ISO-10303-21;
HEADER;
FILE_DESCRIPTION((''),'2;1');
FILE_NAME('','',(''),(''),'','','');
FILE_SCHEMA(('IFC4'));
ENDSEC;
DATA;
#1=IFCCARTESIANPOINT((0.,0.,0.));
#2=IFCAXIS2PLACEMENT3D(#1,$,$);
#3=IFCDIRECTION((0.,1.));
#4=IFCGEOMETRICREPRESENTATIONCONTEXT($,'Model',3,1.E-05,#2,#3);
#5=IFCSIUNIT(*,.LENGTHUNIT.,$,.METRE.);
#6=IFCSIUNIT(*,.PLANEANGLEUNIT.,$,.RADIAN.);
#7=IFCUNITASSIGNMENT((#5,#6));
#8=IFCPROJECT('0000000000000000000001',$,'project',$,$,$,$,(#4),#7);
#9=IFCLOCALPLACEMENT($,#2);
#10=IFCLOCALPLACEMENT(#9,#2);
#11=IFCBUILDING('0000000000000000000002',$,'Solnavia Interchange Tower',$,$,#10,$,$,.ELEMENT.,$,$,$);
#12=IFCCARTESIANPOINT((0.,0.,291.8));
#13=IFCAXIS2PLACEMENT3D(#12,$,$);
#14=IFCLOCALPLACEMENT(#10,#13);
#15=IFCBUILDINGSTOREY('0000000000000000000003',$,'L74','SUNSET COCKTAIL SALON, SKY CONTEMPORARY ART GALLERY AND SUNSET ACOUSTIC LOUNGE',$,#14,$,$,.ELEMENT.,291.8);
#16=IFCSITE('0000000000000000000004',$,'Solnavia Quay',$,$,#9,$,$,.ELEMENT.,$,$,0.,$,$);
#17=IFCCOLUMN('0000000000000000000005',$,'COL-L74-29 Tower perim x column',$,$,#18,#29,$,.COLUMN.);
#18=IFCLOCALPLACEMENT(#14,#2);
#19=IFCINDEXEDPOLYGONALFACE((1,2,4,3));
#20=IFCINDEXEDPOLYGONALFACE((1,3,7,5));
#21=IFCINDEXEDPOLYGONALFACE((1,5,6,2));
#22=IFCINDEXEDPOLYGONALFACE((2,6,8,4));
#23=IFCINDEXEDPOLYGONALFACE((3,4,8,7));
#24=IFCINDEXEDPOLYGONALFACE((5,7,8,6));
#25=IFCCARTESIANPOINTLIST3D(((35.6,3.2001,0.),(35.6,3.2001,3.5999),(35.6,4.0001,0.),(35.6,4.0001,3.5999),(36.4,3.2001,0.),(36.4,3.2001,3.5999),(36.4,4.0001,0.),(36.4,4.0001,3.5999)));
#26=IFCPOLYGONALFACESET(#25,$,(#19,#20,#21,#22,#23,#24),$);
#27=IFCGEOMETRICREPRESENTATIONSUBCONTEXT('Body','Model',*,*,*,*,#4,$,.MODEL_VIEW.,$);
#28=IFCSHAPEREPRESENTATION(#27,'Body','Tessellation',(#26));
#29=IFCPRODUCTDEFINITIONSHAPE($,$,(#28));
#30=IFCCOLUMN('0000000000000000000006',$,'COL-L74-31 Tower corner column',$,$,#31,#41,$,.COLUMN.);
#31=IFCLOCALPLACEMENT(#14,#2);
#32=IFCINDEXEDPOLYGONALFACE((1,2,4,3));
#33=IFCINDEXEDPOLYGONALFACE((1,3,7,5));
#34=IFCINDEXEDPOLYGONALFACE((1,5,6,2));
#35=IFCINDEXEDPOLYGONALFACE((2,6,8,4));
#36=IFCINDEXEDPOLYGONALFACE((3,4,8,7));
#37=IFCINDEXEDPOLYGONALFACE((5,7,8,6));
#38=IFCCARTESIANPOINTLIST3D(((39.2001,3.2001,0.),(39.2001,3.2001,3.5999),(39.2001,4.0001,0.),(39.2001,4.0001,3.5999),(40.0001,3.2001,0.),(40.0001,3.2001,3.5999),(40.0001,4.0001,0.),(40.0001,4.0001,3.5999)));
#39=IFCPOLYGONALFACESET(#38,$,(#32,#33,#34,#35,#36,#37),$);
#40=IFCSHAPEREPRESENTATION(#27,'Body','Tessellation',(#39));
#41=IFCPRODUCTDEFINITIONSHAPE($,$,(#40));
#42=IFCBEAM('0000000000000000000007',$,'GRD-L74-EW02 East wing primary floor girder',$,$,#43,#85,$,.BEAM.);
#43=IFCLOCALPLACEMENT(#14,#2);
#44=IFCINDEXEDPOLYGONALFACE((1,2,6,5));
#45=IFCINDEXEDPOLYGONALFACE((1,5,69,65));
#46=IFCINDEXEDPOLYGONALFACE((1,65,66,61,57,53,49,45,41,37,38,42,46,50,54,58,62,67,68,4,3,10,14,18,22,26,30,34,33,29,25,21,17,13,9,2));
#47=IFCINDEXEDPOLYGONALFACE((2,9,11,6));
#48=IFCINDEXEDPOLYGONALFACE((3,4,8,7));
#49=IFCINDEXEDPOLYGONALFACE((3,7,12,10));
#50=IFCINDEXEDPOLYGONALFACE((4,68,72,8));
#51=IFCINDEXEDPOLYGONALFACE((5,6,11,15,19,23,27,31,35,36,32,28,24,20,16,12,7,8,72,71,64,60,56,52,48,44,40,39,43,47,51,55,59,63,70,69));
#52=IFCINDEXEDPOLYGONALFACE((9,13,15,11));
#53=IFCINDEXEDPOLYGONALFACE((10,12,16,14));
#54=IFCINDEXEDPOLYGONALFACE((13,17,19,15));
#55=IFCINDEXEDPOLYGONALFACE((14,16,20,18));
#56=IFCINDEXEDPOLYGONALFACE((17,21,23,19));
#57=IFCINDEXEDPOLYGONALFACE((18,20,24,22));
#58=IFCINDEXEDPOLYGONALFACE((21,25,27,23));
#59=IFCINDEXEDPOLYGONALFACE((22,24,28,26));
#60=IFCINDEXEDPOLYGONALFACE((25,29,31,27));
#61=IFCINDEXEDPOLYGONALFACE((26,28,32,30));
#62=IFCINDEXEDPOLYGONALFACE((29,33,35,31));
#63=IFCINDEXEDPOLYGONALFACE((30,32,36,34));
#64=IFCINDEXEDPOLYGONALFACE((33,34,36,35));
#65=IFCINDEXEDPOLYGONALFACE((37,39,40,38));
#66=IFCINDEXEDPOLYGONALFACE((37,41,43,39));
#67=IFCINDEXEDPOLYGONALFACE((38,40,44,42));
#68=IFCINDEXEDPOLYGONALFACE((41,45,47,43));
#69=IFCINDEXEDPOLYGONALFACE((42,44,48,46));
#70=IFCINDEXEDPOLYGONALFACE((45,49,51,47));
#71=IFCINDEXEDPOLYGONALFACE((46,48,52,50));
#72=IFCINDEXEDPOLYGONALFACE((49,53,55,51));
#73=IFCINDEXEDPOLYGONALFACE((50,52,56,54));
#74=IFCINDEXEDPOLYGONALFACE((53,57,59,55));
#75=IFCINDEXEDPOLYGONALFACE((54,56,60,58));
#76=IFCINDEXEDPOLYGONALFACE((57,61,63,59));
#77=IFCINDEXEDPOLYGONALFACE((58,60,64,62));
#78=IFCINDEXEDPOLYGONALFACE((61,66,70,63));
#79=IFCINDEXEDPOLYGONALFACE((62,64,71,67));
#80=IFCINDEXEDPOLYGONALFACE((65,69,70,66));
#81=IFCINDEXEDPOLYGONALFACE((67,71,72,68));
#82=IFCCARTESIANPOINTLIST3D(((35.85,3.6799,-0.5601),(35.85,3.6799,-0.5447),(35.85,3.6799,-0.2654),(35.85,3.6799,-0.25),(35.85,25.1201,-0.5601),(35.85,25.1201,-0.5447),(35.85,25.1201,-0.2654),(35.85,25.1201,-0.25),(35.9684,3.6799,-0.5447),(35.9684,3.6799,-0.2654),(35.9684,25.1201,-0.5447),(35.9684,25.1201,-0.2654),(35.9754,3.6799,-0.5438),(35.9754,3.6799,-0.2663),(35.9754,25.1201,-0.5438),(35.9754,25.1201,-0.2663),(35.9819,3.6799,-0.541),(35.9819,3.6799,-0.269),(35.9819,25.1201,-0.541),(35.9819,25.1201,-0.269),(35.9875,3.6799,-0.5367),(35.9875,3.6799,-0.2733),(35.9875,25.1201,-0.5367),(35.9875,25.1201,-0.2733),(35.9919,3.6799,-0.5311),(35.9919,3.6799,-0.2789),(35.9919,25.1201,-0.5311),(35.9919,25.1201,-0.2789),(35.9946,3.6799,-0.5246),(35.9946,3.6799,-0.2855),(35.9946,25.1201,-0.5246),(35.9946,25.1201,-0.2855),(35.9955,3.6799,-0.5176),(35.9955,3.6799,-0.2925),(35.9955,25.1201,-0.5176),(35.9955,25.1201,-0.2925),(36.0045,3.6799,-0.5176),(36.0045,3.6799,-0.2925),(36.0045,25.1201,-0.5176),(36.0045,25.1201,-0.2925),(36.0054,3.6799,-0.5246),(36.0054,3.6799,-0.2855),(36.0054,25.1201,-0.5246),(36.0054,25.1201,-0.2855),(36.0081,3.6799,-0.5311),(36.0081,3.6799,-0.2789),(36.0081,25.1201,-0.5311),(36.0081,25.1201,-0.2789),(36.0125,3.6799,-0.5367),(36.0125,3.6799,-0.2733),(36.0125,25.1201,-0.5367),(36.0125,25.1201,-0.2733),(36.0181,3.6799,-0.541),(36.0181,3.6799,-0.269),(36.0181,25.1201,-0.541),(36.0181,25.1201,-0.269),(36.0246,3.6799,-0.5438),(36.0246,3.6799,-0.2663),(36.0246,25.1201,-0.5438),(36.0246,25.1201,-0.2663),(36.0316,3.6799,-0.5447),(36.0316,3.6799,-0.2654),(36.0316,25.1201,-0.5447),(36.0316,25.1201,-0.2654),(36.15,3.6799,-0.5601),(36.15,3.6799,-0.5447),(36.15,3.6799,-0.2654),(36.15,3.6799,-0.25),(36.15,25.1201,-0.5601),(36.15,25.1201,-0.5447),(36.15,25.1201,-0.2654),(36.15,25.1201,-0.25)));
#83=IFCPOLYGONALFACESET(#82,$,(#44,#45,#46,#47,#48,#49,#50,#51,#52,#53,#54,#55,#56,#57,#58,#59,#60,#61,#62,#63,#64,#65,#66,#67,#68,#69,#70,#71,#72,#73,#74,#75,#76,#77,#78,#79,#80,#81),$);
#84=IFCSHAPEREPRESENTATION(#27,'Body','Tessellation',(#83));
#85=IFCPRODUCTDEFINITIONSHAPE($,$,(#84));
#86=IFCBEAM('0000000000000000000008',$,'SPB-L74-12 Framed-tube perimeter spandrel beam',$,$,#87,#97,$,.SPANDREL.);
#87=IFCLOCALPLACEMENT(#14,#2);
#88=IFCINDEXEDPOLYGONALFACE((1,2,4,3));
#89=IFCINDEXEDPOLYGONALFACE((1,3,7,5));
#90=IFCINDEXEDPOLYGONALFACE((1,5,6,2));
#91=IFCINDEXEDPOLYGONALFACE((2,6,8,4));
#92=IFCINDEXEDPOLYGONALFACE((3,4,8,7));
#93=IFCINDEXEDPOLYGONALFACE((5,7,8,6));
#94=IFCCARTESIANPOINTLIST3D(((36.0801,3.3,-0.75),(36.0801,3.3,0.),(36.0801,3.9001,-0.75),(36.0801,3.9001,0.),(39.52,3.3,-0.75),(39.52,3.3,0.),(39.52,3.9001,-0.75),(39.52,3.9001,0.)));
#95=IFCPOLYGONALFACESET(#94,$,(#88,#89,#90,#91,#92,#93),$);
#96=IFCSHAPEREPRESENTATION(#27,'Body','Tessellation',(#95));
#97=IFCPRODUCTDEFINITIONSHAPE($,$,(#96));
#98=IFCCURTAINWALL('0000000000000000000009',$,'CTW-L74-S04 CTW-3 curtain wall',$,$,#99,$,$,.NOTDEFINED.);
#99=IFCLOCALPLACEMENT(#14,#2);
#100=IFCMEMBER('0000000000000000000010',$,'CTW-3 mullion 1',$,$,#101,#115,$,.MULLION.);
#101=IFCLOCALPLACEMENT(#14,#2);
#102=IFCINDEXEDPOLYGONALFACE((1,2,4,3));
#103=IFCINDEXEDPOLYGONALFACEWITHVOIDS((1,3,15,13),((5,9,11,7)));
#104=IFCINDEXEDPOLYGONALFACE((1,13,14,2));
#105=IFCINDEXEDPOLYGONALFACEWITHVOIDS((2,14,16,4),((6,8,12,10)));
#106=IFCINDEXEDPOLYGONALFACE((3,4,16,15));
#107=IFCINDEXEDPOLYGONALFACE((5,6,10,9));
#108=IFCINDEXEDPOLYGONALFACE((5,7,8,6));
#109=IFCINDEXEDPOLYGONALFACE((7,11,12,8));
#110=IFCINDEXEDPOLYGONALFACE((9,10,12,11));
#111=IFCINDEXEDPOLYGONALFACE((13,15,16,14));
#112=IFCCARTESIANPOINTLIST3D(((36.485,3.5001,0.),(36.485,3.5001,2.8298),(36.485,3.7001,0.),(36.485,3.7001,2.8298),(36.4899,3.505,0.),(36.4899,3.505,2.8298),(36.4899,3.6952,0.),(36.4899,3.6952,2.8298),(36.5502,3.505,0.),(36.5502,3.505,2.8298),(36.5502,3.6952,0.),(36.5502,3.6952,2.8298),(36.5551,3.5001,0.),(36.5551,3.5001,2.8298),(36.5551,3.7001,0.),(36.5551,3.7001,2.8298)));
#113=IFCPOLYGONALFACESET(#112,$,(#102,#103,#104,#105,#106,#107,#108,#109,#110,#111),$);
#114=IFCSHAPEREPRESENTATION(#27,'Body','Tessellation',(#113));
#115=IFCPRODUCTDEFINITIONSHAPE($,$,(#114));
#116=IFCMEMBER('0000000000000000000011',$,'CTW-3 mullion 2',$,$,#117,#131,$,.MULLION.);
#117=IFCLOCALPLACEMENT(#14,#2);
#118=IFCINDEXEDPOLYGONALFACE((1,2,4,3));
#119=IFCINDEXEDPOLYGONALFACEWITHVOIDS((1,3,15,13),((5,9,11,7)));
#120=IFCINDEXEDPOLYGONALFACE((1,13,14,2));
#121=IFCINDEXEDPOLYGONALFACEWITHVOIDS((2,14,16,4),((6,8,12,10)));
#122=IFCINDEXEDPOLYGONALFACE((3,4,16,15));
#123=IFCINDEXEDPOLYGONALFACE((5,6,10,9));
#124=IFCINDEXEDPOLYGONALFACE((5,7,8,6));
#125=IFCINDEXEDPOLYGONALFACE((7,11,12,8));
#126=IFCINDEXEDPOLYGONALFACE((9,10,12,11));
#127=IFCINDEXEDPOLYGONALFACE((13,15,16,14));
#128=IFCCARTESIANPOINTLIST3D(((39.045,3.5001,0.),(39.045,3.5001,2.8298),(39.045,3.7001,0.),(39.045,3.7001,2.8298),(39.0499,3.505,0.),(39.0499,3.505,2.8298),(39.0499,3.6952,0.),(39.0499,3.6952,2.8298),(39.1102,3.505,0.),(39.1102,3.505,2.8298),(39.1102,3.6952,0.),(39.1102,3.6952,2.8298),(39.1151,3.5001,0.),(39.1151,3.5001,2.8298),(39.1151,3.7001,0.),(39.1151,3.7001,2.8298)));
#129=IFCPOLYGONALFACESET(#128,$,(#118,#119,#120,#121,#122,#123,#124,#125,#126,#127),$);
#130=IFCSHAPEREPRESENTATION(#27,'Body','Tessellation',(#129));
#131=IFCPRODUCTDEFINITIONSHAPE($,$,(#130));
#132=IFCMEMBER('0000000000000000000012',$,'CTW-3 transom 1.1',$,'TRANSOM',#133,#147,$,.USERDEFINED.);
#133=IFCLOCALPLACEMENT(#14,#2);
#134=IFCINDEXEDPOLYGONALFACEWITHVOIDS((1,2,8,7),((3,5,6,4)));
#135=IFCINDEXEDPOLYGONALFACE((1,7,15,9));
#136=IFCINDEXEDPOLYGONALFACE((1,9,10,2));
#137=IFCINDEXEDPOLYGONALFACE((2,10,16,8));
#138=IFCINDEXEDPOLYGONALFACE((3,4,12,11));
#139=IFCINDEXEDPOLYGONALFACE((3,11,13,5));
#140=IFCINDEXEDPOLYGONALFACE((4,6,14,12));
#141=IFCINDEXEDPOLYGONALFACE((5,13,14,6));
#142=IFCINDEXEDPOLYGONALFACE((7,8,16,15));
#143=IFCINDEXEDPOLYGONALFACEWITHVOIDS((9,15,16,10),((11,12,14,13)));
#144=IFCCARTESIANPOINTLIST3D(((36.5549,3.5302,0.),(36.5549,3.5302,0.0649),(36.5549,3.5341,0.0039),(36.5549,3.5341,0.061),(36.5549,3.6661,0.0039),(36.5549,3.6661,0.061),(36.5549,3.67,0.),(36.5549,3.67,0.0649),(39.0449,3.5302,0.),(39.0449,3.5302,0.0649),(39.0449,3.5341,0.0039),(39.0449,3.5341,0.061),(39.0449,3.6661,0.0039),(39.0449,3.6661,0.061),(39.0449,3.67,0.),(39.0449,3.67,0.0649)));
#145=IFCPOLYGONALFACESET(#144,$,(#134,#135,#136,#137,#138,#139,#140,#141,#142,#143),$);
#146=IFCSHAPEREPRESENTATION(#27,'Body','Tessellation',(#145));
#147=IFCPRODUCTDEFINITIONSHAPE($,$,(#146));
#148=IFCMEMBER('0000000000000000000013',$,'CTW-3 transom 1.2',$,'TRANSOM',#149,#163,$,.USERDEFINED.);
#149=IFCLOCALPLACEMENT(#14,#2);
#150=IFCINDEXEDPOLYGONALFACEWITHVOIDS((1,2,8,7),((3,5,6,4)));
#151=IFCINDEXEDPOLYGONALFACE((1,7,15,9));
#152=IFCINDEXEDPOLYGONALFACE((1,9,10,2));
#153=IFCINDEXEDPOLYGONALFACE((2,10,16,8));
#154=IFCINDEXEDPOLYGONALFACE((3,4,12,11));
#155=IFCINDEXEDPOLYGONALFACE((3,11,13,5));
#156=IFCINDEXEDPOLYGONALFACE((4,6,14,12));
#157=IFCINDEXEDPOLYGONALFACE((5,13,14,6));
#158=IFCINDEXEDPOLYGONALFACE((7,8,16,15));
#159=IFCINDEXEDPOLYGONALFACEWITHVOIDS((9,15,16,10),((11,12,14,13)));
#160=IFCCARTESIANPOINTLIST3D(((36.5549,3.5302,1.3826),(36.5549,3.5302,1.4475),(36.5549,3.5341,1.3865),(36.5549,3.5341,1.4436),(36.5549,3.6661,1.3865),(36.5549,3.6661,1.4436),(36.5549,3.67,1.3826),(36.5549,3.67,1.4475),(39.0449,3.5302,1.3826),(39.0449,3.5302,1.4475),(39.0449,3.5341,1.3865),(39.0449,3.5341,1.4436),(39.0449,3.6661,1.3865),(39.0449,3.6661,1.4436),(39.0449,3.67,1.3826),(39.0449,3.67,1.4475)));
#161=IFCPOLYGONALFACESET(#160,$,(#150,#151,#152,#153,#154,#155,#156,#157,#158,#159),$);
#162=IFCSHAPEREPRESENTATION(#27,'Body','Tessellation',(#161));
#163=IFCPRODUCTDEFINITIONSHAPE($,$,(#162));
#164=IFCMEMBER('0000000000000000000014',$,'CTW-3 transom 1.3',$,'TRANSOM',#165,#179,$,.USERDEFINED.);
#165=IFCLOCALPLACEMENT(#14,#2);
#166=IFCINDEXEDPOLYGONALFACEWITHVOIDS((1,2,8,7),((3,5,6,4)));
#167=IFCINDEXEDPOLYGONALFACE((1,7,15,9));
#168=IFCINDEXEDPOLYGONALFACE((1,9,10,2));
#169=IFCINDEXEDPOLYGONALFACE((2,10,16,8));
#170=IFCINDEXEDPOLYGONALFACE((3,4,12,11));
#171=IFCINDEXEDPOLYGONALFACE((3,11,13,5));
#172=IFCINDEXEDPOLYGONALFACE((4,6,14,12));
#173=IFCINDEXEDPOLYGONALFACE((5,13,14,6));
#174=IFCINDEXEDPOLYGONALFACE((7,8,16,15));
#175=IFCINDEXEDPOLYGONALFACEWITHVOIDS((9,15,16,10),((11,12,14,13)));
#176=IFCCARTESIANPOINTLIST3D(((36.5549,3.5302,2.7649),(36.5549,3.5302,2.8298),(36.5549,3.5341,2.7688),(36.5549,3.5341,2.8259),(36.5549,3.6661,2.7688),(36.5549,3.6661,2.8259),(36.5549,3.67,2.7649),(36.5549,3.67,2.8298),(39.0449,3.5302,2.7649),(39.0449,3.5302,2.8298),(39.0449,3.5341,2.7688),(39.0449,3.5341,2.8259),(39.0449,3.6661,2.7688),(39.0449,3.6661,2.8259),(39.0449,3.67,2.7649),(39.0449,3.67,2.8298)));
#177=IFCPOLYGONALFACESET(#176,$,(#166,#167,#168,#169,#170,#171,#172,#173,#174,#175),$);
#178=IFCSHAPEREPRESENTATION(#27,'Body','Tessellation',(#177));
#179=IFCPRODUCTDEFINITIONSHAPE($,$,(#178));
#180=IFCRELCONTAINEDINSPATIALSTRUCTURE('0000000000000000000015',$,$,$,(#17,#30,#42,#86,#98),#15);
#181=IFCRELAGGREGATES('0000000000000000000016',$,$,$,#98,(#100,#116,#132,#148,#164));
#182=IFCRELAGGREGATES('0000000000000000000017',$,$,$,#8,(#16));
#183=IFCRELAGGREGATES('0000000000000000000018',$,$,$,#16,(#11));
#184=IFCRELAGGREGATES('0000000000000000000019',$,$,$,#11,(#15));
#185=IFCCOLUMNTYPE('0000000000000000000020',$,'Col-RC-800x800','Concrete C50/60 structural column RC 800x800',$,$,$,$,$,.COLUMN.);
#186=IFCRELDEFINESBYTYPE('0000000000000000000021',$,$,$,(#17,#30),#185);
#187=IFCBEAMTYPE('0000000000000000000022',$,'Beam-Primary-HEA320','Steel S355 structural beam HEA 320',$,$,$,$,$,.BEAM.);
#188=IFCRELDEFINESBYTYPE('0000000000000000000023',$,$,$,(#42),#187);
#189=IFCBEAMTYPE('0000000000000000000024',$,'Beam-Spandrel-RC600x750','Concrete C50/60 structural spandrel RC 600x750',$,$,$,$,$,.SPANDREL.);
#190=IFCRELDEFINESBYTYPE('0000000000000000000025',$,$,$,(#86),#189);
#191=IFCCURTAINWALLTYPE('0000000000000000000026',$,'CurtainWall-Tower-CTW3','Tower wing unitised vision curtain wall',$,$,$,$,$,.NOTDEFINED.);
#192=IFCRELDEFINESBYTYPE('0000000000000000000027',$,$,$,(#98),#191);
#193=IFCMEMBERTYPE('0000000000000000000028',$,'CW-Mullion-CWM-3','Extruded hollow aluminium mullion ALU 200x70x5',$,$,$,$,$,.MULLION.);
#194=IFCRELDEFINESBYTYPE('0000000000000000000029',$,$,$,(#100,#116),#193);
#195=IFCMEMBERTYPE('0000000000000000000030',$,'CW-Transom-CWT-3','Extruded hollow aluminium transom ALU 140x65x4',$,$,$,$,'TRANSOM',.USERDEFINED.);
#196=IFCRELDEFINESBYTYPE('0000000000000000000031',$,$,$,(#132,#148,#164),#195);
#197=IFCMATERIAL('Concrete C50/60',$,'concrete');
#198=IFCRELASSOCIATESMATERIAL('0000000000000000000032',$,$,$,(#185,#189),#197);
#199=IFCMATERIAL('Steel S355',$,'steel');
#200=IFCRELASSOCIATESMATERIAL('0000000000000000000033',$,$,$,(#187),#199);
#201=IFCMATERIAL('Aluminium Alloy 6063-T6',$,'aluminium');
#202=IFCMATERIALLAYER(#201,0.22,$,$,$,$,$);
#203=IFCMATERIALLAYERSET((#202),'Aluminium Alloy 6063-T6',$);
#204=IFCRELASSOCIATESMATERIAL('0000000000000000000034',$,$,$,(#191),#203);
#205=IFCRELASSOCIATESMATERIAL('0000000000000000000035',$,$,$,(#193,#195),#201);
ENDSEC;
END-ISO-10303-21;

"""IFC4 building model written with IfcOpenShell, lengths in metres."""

from ifc_helpers import new_model, si_unit, direction, frame, origin, origin_2d, place, context, subcontext, project, spatial, rectangle, hollow_rectangle, i_section, extrude, material, layer, layer_set, material_profile, profile_set, type_object, element, aggregate, save


model = new_model("IFC4")

# Units and contexts
model_context = context("Model", 3, precision=1e-05, world=origin(), true_north=direction((0.0, 1.0)))
body_context = subcontext(model_context, "Body", "Model", "MODEL_VIEW")
ifc_project = project(units=[si_unit("LENGTHUNIT", "METRE"), si_unit("PLANEANGLEUNIT", "RADIAN")], contexts=[model_context])

# Site, building, storey
site_placement = place(None, origin())
site = spatial("IfcSite", under=ifc_project, at=site_placement, Name="Solnavia Quay", CompositionType="ELEMENT", RefElevation=0.0)
building_placement = place(site_placement, origin())
building = spatial("IfcBuilding", under=site, at=building_placement, Name="Solnavia Interchange Tower", CompositionType="ELEMENT")
storey_placement = place(building_placement, frame((0.0, 0.0, 291.8)))
storey = spatial("IfcBuildingStorey", under=building, at=storey_placement, Name="L74", Description="SUNSET COCKTAIL SALON, SKY CONTEMPORARY ART GALLERY AND SUNSET ACOUSTIC LOUNGE", CompositionType="ELEMENT", Elevation=291.8)

# Columns
ifc_material_1 = material(Name="Concrete C50/60", Category="concrete")
ifc_material_profile_1 = material_profile(ifc_material_1, rectangle(XDim=0.8, YDim=0.8, at=origin_2d()), Name="RC 800x800")
ifc_profile_set_1 = profile_set([ifc_material_profile_1], Name="Concrete C50/60")
column_type = type_object("IfcColumnType", Name="Col-RC-800x800", Description="Concrete C50/60 structural column RC 800x800", PredefinedType="COLUMN", material=ifc_profile_set_1)
for number, where, z_axis, x_axis, name in (
    (1, (36.0, 3.6001, 0.0), (0.0, 0.0, 1.0), (1.0, 0.0, 0.0), "COL-L74-29 Tower perim x column"),
    (2, (39.6001, 3.6001, 0.0), (0.0, 0.0, 1.0), (1.0, 0.0, 0.0), "COL-L74-31 Tower corner column"),
):
    element("IfcColumn", number, at=place(storey_placement, frame(where, z_axis=z_axis, x_axis=x_axis)), inside=storey, type_object=column_type, Name=name, PredefinedType="COLUMN", context=body_context, shape_type="SweptSolid", body=[
        extrude(rectangle(XDim=0.8, YDim=0.8, at=origin_2d()), origin(), (0.0, 0.0, 1.0), 3.5999),
    ])

# Beams
ifc_material_2 = material(Name="Steel S355", Category="steel")
ifc_material_profile_2 = material_profile(ifc_material_2, i_section(OverallWidth=0.3, OverallDepth=0.3101, WebThickness=0.009, FlangeThickness=0.0154, FilletRadius=0.0271, at=origin_2d()), Name="HEA 320")
ifc_profile_set_2 = profile_set([ifc_material_profile_2], Name="Steel S355")
beam_type_1 = type_object("IfcBeamType", Name="Beam-Primary-HEA320", Description="Steel S355 structural beam HEA 320", PredefinedType="BEAM", material=ifc_profile_set_2)
beam_1_placement = place(storey_placement, frame((36.0, 3.6799, -0.405), z_axis=(0.0, 1.0, 0.0), x_axis=(-1.0, 0.0, 0.0)))
element("IfcBeam", 3, at=beam_1_placement, inside=storey, type_object=beam_type_1, Name="GRD-L74-EW02 East wing primary floor girder", PredefinedType="BEAM", context=body_context, shape_type="SweptSolid", body=[
    extrude(i_section(OverallWidth=0.3, OverallDepth=0.3101, WebThickness=0.009, FlangeThickness=0.0154, FilletRadius=0.0271, at=origin_2d()), origin(), (0.0, 0.0, 1.0), 21.4402),
])
ifc_material_profile_3 = material_profile(ifc_material_1, rectangle(XDim=0.6001, YDim=0.75, at=origin_2d()), Name="RC 600x750")
ifc_profile_set_3 = profile_set([ifc_material_profile_3], Name="Concrete C50/60")
beam_type_2 = type_object("IfcBeamType", Name="Beam-Spandrel-RC600x750", Description="Concrete C50/60 structural spandrel RC 600x750", PredefinedType="SPANDREL", material=ifc_profile_set_3)
beam_2_placement = place(storey_placement, frame((36.0801, 3.6001, -0.375), z_axis=(1.0, 0.0, 0.0), x_axis=(0.0, 1.0, 0.0)))
element("IfcBeam", 4, at=beam_2_placement, inside=storey, type_object=beam_type_2, Name="SPB-L74-12 Framed-tube perimeter spandrel beam", PredefinedType="SPANDREL", context=body_context, shape_type="SweptSolid", body=[
    extrude(rectangle(XDim=0.6001, YDim=0.75, at=origin_2d()), origin(), (0.0, 0.0, 1.0), 3.4399),
])

# Curtain wall, members
ifc_material_3 = material(Name="Aluminium Alloy 6063-T6", Category="aluminium")
ifc_layer_1 = layer(ifc_material_3, 0.22)
ifc_layer_set_1 = layer_set([ifc_layer_1], Name="Aluminium Alloy 6063-T6")
curtain_wall_type = type_object("IfcCurtainWallType", Name="CurtainWall-Tower-CTW3", Description="Tower wing unitised vision curtain wall", PredefinedType="NOTDEFINED", material=ifc_layer_set_1)
curtain_wall_placement = place(storey_placement, origin())
curtain_wall = element("IfcCurtainWall", 5, at=curtain_wall_placement, inside=storey, type_object=curtain_wall_type, Name="CTW-L74-S04 CTW-3 curtain wall", PredefinedType="NOTDEFINED")
ifc_material_profile_4 = material_profile(ifc_material_3, hollow_rectangle(XDim=0.0701, YDim=0.2, WallThickness=0.0049, at=origin_2d()), Name="ALU 200x70x5")
ifc_profile_set_4 = profile_set([ifc_material_profile_4], Name="Aluminium Alloy 6063-T6")
member_type_1 = type_object("IfcMemberType", Name="CW-Mullion-CWM-3", Description="Extruded hollow aluminium mullion ALU 200x70x5", PredefinedType="MULLION", material=ifc_profile_set_4)
member_1_placement = place(storey_placement, frame((36.52, 3.6001, 0.0), z_axis=(0.0, 0.0, 1.0), x_axis=(1.0, 0.0, 0.0)))
member_1 = element("IfcMember", 6, at=member_1_placement, type_object=member_type_1, Name="CTW-3 mullion 1", PredefinedType="MULLION", context=body_context, shape_type="SweptSolid", body=[
    extrude(hollow_rectangle(XDim=0.0701, YDim=0.2, WallThickness=0.0049, at=origin_2d()), origin(), (0.0, 0.0, 1.0), 2.8298),
])
member_2_placement = place(storey_placement, frame((39.0801, 3.6001, 0.0), z_axis=(0.0, 0.0, 1.0), x_axis=(1.0, 0.0, 0.0)))
member_2 = element("IfcMember", 7, at=member_2_placement, type_object=member_type_1, Name="CTW-3 mullion 2", PredefinedType="MULLION", context=body_context, shape_type="SweptSolid", body=[
    extrude(hollow_rectangle(XDim=0.0701, YDim=0.2, WallThickness=0.0049, at=origin_2d()), origin(), (0.0, 0.0, 1.0), 2.8298),
])
ifc_material_profile_5 = material_profile(ifc_material_3, hollow_rectangle(XDim=0.0649, YDim=0.1399, WallThickness=0.0039, at=origin_2d()), Name="ALU 140x65x4")
ifc_profile_set_5 = profile_set([ifc_material_profile_5], Name="Aluminium Alloy 6063-T6")
member_type_2 = type_object("IfcMemberType", Name="CW-Transom-CWT-3", Description="Extruded hollow aluminium transom ALU 140x65x4", ElementType="TRANSOM", PredefinedType="USERDEFINED", material=ifc_profile_set_5)
member_3_placement = place(storey_placement, frame((36.5549, 3.6001, 0.0325), z_axis=(1.0, 0.0, 0.0), x_axis=(0.0, 0.0, 1.0)))
member_3 = element("IfcMember", 8, at=member_3_placement, type_object=member_type_2, Name="CTW-3 transom 1.1", ObjectType="TRANSOM", PredefinedType="USERDEFINED", context=body_context, shape_type="SweptSolid", body=[
    extrude(hollow_rectangle(XDim=0.0649, YDim=0.1399, WallThickness=0.0039, at=origin_2d()), origin(), (0.0, 0.0, 1.0), 2.49),
])
member_4_placement = place(storey_placement, frame((36.5549, 3.6001, 1.415), z_axis=(1.0, 0.0, 0.0), x_axis=(0.0, 0.0, 1.0)))
member_4 = element("IfcMember", 9, at=member_4_placement, type_object=member_type_2, Name="CTW-3 transom 1.2", ObjectType="TRANSOM", PredefinedType="USERDEFINED", context=body_context, shape_type="SweptSolid", body=[
    extrude(hollow_rectangle(XDim=0.0649, YDim=0.1399, WallThickness=0.0039, at=origin_2d()), origin(), (0.0, 0.0, 1.0), 2.49),
])
member_5_placement = place(storey_placement, frame((36.5549, 3.6001, 2.7974), z_axis=(1.0, 0.0, 0.0), x_axis=(0.0, 0.0, 1.0)))
member_5 = element("IfcMember", 10, at=member_5_placement, type_object=member_type_2, Name="CTW-3 transom 1.3", ObjectType="TRANSOM", PredefinedType="USERDEFINED", context=body_context, shape_type="SweptSolid", body=[
    extrude(hollow_rectangle(XDim=0.0649, YDim=0.1399, WallThickness=0.0039, at=origin_2d()), origin(), (0.0, 0.0, 1.0), 2.49),
])
aggregate(curtain_wall, [member_1, member_2, member_3, member_4, member_5])

save(model, "model.ifc")
